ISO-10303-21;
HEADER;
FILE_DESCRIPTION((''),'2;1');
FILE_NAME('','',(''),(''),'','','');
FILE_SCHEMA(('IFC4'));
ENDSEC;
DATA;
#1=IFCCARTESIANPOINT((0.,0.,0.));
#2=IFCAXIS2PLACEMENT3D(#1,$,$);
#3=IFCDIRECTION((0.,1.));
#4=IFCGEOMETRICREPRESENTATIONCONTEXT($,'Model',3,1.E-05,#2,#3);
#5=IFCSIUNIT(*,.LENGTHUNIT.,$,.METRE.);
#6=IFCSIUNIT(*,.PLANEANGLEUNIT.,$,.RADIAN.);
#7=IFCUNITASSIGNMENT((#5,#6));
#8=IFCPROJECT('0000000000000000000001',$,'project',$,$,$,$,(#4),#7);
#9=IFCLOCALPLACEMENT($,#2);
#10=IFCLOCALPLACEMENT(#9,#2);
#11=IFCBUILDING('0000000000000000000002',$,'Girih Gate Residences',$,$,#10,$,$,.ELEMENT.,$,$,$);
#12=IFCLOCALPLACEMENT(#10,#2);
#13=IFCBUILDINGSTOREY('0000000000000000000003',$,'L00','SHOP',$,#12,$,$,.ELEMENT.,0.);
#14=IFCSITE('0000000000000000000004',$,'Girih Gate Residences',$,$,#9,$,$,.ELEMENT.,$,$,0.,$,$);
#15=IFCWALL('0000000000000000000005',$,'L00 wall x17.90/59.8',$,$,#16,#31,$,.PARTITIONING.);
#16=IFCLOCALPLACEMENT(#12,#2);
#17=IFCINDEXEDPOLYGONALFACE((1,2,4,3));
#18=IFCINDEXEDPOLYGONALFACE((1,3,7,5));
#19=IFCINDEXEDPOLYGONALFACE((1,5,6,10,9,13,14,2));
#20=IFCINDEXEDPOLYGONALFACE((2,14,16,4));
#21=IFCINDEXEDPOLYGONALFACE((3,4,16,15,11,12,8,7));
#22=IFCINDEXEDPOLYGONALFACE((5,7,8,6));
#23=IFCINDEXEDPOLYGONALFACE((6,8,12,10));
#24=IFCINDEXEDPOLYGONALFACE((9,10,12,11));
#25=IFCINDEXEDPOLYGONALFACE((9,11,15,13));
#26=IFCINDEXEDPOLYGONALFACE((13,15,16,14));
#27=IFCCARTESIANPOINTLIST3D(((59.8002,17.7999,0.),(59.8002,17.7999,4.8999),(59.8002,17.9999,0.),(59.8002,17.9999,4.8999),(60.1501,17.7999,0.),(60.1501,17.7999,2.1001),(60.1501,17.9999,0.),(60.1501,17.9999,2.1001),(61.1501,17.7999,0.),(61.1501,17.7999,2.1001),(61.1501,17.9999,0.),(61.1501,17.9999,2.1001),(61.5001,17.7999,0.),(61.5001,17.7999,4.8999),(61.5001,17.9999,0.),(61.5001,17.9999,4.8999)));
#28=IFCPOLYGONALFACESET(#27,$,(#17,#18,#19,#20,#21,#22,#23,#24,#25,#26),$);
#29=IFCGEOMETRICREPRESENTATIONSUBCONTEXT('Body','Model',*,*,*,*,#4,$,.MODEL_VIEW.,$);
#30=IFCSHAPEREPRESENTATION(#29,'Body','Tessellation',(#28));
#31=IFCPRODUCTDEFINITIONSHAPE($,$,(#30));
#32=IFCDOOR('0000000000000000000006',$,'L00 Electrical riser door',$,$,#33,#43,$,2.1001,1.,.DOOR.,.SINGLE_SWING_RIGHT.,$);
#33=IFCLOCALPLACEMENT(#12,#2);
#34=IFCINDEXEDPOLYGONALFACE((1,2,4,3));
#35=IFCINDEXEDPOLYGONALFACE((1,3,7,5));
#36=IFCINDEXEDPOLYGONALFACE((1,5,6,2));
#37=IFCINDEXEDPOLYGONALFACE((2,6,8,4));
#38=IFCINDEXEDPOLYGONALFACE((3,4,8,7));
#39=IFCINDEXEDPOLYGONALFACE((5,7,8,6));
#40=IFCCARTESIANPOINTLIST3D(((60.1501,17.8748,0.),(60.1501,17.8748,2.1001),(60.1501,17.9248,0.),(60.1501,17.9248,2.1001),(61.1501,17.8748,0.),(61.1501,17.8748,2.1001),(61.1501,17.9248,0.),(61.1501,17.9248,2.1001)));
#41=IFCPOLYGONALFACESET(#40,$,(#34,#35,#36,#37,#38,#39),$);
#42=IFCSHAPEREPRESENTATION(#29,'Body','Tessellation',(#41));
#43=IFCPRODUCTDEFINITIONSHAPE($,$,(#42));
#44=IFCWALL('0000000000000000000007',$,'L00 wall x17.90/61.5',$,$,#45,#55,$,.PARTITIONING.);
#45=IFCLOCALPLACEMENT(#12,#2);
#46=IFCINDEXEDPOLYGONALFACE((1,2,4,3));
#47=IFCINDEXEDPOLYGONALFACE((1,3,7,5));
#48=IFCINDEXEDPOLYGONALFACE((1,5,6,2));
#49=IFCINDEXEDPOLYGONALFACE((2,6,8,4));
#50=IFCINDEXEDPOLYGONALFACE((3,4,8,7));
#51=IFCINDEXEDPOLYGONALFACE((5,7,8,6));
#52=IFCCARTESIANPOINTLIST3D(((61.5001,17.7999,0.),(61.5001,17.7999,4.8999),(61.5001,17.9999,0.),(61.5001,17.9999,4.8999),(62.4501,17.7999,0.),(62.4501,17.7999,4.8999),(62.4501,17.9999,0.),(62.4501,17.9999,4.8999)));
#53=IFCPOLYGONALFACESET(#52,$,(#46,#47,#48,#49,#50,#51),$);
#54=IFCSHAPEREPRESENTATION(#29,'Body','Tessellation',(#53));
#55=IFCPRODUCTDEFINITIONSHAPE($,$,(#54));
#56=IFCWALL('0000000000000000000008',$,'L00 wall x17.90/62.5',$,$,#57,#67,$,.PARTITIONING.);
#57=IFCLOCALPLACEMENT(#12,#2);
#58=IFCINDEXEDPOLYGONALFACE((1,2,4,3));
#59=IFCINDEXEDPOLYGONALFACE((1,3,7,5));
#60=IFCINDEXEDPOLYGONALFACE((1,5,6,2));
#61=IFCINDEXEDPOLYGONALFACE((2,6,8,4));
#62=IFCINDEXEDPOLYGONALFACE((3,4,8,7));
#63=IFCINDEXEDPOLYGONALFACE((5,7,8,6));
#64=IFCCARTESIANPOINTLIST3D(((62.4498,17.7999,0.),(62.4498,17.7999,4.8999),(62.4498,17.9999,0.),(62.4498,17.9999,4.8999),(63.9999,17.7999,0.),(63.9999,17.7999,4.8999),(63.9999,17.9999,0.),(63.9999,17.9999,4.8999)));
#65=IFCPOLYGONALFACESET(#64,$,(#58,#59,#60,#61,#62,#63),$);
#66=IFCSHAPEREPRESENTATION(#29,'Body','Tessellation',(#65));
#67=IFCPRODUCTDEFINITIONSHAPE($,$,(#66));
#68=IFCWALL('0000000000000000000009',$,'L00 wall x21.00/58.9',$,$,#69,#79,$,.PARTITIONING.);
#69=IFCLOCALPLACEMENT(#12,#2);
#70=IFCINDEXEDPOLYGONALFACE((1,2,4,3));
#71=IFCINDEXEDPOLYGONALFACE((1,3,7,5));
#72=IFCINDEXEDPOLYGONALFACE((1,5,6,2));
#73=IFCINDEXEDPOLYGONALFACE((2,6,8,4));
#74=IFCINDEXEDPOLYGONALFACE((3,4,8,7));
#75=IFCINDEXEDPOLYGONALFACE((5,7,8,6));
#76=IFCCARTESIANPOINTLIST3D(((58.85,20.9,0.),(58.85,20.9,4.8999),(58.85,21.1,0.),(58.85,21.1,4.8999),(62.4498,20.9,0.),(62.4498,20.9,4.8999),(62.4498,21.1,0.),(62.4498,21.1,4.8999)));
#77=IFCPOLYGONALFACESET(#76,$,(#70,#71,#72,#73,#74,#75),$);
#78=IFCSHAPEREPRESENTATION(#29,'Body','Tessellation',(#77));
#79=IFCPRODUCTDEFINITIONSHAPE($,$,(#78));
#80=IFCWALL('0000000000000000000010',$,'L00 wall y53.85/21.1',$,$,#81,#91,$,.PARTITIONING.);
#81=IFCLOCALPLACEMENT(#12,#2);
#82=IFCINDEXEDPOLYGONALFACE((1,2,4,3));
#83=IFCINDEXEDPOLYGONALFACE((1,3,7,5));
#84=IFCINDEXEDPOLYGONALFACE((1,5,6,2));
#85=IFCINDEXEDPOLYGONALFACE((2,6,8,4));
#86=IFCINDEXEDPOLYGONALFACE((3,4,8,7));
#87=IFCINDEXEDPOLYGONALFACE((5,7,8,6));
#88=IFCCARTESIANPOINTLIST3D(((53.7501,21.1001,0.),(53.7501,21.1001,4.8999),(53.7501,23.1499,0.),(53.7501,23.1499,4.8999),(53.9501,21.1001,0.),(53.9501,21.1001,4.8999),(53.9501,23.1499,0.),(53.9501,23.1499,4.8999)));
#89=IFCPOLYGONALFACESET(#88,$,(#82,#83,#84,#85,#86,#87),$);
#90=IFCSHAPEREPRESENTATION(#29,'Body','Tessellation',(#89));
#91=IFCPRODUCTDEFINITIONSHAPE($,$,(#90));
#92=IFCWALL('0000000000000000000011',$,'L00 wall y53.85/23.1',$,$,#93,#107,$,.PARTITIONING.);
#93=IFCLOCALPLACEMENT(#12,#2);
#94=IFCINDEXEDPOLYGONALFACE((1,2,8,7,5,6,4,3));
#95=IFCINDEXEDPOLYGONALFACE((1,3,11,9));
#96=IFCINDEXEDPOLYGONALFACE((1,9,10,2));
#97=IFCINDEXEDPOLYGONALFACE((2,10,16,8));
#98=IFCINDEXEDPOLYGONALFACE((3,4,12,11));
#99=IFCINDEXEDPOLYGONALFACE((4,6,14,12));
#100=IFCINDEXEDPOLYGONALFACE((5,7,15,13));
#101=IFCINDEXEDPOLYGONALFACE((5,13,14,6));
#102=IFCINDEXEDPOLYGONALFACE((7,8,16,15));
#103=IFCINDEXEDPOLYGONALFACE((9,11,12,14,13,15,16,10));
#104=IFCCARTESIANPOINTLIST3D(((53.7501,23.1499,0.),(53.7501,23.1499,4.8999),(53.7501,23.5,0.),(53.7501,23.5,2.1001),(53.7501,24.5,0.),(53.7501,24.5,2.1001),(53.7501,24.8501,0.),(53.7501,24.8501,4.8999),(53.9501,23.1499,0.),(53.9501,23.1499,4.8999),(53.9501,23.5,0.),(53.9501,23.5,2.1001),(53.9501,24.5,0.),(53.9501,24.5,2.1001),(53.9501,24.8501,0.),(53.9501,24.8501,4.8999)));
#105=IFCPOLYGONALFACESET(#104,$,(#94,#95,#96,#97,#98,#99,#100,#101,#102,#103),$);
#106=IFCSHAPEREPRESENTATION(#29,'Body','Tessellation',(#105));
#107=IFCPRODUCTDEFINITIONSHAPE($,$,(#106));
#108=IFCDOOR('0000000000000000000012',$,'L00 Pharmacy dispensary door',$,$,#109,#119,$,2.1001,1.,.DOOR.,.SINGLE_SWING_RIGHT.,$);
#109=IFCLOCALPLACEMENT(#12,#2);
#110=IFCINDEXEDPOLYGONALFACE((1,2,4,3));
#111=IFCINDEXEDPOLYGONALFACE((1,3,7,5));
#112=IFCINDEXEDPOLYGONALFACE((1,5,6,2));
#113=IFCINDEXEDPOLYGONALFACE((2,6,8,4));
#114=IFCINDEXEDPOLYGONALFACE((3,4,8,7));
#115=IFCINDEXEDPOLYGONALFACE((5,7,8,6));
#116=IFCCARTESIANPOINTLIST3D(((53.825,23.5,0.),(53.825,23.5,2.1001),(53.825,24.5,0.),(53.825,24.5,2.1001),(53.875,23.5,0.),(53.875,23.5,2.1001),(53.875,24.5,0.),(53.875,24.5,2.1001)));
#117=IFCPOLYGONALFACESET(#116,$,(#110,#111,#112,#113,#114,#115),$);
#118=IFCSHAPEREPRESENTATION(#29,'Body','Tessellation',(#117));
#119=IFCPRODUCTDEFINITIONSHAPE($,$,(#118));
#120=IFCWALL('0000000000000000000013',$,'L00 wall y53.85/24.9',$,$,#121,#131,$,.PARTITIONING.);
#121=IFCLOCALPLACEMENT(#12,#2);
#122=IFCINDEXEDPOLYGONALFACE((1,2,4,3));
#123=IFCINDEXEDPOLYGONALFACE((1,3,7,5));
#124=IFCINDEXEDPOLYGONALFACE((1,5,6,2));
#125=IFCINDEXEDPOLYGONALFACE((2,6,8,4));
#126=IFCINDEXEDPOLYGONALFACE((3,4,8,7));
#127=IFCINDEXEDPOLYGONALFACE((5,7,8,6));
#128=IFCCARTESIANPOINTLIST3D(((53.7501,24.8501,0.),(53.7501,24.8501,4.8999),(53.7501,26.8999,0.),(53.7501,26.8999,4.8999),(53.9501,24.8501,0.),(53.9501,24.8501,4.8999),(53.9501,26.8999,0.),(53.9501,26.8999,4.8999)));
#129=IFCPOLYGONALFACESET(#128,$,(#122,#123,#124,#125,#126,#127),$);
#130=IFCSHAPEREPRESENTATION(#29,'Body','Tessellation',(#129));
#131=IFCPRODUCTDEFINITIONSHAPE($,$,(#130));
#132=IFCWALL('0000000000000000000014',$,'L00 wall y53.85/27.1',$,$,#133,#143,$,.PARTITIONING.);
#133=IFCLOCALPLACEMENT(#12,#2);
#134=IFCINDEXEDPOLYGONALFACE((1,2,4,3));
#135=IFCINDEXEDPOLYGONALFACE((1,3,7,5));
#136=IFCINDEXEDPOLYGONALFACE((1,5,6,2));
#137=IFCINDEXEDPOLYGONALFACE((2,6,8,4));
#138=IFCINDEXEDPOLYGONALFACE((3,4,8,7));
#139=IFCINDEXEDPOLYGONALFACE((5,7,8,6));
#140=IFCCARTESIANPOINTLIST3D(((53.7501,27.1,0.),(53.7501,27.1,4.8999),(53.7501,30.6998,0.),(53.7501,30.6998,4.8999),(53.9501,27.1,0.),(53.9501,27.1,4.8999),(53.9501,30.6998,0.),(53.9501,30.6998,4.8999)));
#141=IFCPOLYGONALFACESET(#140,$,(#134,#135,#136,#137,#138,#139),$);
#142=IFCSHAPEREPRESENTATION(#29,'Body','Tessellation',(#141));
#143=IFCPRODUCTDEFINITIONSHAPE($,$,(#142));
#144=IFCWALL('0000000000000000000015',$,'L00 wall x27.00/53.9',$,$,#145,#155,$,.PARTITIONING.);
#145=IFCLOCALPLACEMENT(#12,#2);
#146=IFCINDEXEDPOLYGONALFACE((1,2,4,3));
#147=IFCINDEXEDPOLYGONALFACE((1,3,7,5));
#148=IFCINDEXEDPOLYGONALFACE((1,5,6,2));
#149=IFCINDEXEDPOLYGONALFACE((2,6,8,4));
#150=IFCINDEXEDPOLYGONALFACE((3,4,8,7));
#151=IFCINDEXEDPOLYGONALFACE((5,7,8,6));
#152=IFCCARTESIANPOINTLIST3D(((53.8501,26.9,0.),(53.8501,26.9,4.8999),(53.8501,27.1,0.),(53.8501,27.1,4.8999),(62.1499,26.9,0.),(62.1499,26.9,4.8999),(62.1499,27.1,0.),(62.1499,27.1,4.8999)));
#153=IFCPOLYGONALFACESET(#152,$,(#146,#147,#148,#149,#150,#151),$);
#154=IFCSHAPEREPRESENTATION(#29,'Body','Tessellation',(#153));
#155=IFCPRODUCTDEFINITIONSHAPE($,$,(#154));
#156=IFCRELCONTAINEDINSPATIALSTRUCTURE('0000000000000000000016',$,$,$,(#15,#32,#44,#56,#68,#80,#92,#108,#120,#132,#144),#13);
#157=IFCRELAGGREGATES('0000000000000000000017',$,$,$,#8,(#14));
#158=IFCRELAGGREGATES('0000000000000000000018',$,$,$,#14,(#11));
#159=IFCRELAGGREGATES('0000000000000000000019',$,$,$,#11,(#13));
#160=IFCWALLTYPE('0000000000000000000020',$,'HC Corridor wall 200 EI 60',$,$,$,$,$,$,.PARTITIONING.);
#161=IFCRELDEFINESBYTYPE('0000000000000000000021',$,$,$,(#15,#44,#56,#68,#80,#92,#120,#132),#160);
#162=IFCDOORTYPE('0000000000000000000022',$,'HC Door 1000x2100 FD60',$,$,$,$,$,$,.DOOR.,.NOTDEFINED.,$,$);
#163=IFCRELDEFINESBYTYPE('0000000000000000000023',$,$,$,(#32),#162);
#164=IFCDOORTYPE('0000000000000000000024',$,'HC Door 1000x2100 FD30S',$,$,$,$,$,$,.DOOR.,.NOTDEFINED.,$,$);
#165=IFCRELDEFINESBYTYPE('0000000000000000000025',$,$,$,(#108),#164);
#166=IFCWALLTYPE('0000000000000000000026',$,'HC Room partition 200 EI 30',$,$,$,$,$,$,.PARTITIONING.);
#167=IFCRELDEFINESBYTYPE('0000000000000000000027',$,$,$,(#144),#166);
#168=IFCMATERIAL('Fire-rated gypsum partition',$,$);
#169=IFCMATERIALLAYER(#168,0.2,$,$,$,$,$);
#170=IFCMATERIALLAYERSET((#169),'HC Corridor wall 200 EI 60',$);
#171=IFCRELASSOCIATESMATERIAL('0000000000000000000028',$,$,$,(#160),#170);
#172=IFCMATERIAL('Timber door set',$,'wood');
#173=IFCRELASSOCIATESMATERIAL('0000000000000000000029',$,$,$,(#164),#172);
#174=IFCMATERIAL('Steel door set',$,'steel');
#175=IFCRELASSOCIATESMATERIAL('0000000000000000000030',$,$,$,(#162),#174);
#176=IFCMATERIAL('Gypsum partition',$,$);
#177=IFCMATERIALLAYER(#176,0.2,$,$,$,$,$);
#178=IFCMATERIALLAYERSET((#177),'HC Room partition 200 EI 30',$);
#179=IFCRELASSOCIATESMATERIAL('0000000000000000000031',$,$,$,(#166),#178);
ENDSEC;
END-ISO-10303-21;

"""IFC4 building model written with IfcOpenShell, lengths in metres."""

from ifc_helpers import new_model, si_unit, direction, frame, frame_2d, origin, place, context, subcontext, project, spatial, rectangle, extrude, material, layer, layer_set, type_object, element, fill, save


model = new_model("IFC4")

# Units and contexts
model_context = context("Model", 3, precision=1e-05, world=origin(), true_north=direction((0.0, 1.0)))
body_context = subcontext(model_context, "Body", "Model", "MODEL_VIEW")
ifc_project = project(units=[si_unit("LENGTHUNIT", "METRE"), si_unit("PLANEANGLEUNIT", "RADIAN")], contexts=[model_context])

# Site, building, storey
site_placement = place(None, origin())
site = spatial("IfcSite", under=ifc_project, at=site_placement, Name="Girih Gate Residences", CompositionType="ELEMENT", RefElevation=0.0)
building_placement = place(site_placement, origin())
building = spatial("IfcBuilding", under=site, at=building_placement, Name="Girih Gate Residences", CompositionType="ELEMENT")
storey_placement = place(building_placement, origin())
storey = spatial("IfcBuildingStorey", under=building, at=storey_placement, Name="L00", Description="SHOP", CompositionType="ELEMENT", Elevation=0.0)

# Shared definitions
ifc_material_1 = material(Name="Fire-rated gypsum partition")
ifc_layer_1 = layer(ifc_material_1, 0.2)
ifc_layer_set_1 = layer_set([ifc_layer_1], Name="HC Corridor wall 200 EI 60")
wall_type_1 = type_object("IfcWallType", Name="HC Corridor wall 200 EI 60", PredefinedType="PARTITIONING", material=ifc_layer_set_1)
ifc_material_2 = material(Name="Timber door set", Category="wood")
door_type_1 = type_object("IfcDoorType", Name="HC Door 1000x2100 FD30S", OperationType="NOTDEFINED", PredefinedType="DOOR", material=ifc_material_2)

# Wall, opening, door
wall_1_placement = place(storey_placement, frame((59.8, 17.8999, 0.0), z_axis=(0.0, 0.0, 1.0), x_axis=(1.0, 0.0, 0.0)))
wall_1 = element("IfcWall", 1, at=wall_1_placement, inside=storey, type_object=wall_type_1, Name="L00 wall x17.90/59.8", PredefinedType="PARTITIONING", context=body_context, shape_type="SweptSolid", body=[
    extrude(rectangle(XDim=1.7, YDim=0.2, at=frame_2d((0.8501, 0.0))), origin(), (0.0, 0.0, 1.0), 4.8999),
])
opening_1_placement = place(wall_1_placement, frame((0.3501, 0.0, 0.0)))
opening_1 = element("IfcOpeningElement", 2, at=opening_1_placement, cuts=wall_1, PredefinedType="OPENING", context=body_context, shape_type="SweptSolid", body=[
    extrude(rectangle(XDim=1.0, YDim=2.1001, at=frame_2d((0.5, 1.05))), frame((0.0, 0.1099, 0.0), z_axis=(0.0, -1.0, 0.0), x_axis=(1.0, 0.0, 0.0)), (0.0, 0.0, 1.0), 0.22),
])
ifc_material_3 = material(Name="Steel door set", Category="steel")
door_type_2 = type_object("IfcDoorType", Name="HC Door 1000x2100 FD60", OperationType="NOTDEFINED", PredefinedType="DOOR", material=ifc_material_3)
door_1_placement = place(opening_1_placement, origin())
door_1 = element("IfcDoor", 3, at=door_1_placement, inside=storey, type_object=door_type_2, Name="L00 Electrical riser door", OperationType="SINGLE_SWING_RIGHT", OverallHeight=2.1001, OverallWidth=1.0, PredefinedType="DOOR", context=body_context, shape_type="SweptSolid", body=[
    extrude(rectangle(XDim=1.0, YDim=2.1001, at=frame_2d((0.5, 1.05))), frame((0.0, 0.0249, 0.0), z_axis=(0.0, -1.0, 0.0), x_axis=(1.0, 0.0, 0.0)), (0.0, 0.0, 1.0), 0.05),
])
fill(opening_1, door_1)

# Walls
wall_2_placement = place(storey_placement, frame((61.5, 17.8999, 0.0), z_axis=(0.0, 0.0, 1.0), x_axis=(1.0, 0.0, 0.0)))
element("IfcWall", 4, at=wall_2_placement, inside=storey, type_object=wall_type_1, Name="L00 wall x17.90/61.5", PredefinedType="PARTITIONING", context=body_context, shape_type="SweptSolid", body=[
    extrude(rectangle(XDim=0.95, YDim=0.2, at=frame_2d((0.4751, 0.0))), origin(), (0.0, 0.0, 1.0), 4.8999),
])
wall_3_placement = place(storey_placement, frame((62.45, 17.8999, 0.0), z_axis=(0.0, 0.0, 1.0), x_axis=(1.0, 0.0, 0.0)))
element("IfcWall", 5, at=wall_3_placement, inside=storey, type_object=wall_type_1, Name="L00 wall x17.90/62.5", PredefinedType="PARTITIONING", context=body_context, shape_type="SweptSolid", body=[
    extrude(rectangle(XDim=1.55, YDim=0.2, at=frame_2d((0.7749, 0.0))), origin(), (0.0, 0.0, 1.0), 4.8999),
])
wall_4_placement = place(storey_placement, frame((58.8501, 21.0, 0.0), z_axis=(0.0, 0.0, 1.0), x_axis=(1.0, 0.0, 0.0)))
element("IfcWall", 6, at=wall_4_placement, inside=storey, type_object=wall_type_1, Name="L00 wall x21.00/58.9", PredefinedType="PARTITIONING", context=body_context, shape_type="SweptSolid", body=[
    extrude(rectangle(XDim=3.5999, YDim=0.2, at=frame_2d((1.7998, 0.0))), origin(), (0.0, 0.0, 1.0), 4.8999),
])
wall_5_placement = place(storey_placement, frame((53.8501, 21.1001, 0.0), z_axis=(0.0, 0.0, 1.0), x_axis=(0.0, 1.0, 0.0)))
element("IfcWall", 7, at=wall_5_placement, inside=storey, type_object=wall_type_1, Name="L00 wall y53.85/21.1", PredefinedType="PARTITIONING", context=body_context, shape_type="SweptSolid", body=[
    extrude(rectangle(XDim=2.0498, YDim=0.2, at=frame_2d((1.0249, 0.0))), origin(), (0.0, 0.0, 1.0), 4.8999),
])

# Wall, opening, door
wall_6_placement = place(storey_placement, frame((53.8501, 24.8501, 0.0), z_axis=(0.0, 0.0, 1.0), x_axis=(0.0, -1.0, 0.0)))
wall_6 = element("IfcWall", 8, at=wall_6_placement, inside=storey, type_object=wall_type_1, Name="L00 wall y53.85/23.1", PredefinedType="PARTITIONING", context=body_context, shape_type="SweptSolid", body=[
    extrude(rectangle(XDim=1.7002, YDim=0.2, at=frame_2d((0.8501, 0.0))), origin(), (0.0, 0.0, 1.0), 4.8999),
])
opening_2_placement = place(wall_6_placement, frame((0.3501, 0.0, 0.0)))
opening_2 = element("IfcOpeningElement", 9, at=opening_2_placement, cuts=wall_6, PredefinedType="OPENING", context=body_context, shape_type="SweptSolid", body=[
    extrude(rectangle(XDim=1.0, YDim=2.1001, at=frame_2d((0.5, 1.05))), frame((0.0, 0.1099, 0.0), z_axis=(0.0, -1.0, 0.0), x_axis=(1.0, 0.0, 0.0)), (0.0, 0.0, 1.0), 0.22),
])
door_2_placement = place(opening_2_placement, origin())
door_2 = element("IfcDoor", 10, at=door_2_placement, inside=storey, type_object=door_type_1, Name="L00 Pharmacy dispensary door", OperationType="SINGLE_SWING_RIGHT", OverallHeight=2.1001, OverallWidth=1.0, PredefinedType="DOOR", context=body_context, shape_type="SweptSolid", body=[
    extrude(rectangle(XDim=1.0, YDim=2.1001, at=frame_2d((0.5, 1.05))), frame((0.0, 0.0249, 0.0), z_axis=(0.0, -1.0, 0.0), x_axis=(1.0, 0.0, 0.0)), (0.0, 0.0, 1.0), 0.05),
])
fill(opening_2, door_2)

# Walls
wall_7_placement = place(storey_placement, frame((53.8501, 24.8501, 0.0), z_axis=(0.0, 0.0, 1.0), x_axis=(0.0, 1.0, 0.0)))
element("IfcWall", 11, at=wall_7_placement, inside=storey, type_object=wall_type_1, Name="L00 wall y53.85/24.9", PredefinedType="PARTITIONING", context=body_context, shape_type="SweptSolid", body=[
    extrude(rectangle(XDim=2.0498, YDim=0.2, at=frame_2d((1.0249, 0.0))), origin(), (0.0, 0.0, 1.0), 4.8999),
])
wall_8_placement = place(storey_placement, frame((53.8501, 27.1001, 0.0), z_axis=(0.0, 0.0, 1.0), x_axis=(0.0, 1.0, 0.0)))
element("IfcWall", 12, at=wall_8_placement, inside=storey, type_object=wall_type_1, Name="L00 wall y53.85/27.1", PredefinedType="PARTITIONING", context=body_context, shape_type="SweptSolid", body=[
    extrude(rectangle(XDim=3.5999, YDim=0.2, at=frame_2d((1.7998, 0.0))), origin(), (0.0, 0.0, 1.0), 4.8999),
])
ifc_material_4 = material(Name="Gypsum partition")
ifc_layer_2 = layer(ifc_material_4, 0.2)
ifc_layer_set_2 = layer_set([ifc_layer_2], Name="HC Room partition 200 EI 30")
wall_type_2 = type_object("IfcWallType", Name="HC Room partition 200 EI 30", PredefinedType="PARTITIONING", material=ifc_layer_set_2)
wall_9_placement = place(storey_placement, frame((53.8501, 27.0, 0.0), z_axis=(0.0, 0.0, 1.0), x_axis=(1.0, 0.0, 0.0)))
element("IfcWall", 13, at=wall_9_placement, inside=storey, type_object=wall_type_2, Name="L00 wall x27.00/53.9", PredefinedType="PARTITIONING", context=body_context, shape_type="SweptSolid", body=[
    extrude(rectangle(XDim=8.2998, YDim=0.2, at=frame_2d((4.1499, 0.0))), origin(), (0.0, 0.0, 1.0), 4.8999),
])

save(model, "model.ifc")
